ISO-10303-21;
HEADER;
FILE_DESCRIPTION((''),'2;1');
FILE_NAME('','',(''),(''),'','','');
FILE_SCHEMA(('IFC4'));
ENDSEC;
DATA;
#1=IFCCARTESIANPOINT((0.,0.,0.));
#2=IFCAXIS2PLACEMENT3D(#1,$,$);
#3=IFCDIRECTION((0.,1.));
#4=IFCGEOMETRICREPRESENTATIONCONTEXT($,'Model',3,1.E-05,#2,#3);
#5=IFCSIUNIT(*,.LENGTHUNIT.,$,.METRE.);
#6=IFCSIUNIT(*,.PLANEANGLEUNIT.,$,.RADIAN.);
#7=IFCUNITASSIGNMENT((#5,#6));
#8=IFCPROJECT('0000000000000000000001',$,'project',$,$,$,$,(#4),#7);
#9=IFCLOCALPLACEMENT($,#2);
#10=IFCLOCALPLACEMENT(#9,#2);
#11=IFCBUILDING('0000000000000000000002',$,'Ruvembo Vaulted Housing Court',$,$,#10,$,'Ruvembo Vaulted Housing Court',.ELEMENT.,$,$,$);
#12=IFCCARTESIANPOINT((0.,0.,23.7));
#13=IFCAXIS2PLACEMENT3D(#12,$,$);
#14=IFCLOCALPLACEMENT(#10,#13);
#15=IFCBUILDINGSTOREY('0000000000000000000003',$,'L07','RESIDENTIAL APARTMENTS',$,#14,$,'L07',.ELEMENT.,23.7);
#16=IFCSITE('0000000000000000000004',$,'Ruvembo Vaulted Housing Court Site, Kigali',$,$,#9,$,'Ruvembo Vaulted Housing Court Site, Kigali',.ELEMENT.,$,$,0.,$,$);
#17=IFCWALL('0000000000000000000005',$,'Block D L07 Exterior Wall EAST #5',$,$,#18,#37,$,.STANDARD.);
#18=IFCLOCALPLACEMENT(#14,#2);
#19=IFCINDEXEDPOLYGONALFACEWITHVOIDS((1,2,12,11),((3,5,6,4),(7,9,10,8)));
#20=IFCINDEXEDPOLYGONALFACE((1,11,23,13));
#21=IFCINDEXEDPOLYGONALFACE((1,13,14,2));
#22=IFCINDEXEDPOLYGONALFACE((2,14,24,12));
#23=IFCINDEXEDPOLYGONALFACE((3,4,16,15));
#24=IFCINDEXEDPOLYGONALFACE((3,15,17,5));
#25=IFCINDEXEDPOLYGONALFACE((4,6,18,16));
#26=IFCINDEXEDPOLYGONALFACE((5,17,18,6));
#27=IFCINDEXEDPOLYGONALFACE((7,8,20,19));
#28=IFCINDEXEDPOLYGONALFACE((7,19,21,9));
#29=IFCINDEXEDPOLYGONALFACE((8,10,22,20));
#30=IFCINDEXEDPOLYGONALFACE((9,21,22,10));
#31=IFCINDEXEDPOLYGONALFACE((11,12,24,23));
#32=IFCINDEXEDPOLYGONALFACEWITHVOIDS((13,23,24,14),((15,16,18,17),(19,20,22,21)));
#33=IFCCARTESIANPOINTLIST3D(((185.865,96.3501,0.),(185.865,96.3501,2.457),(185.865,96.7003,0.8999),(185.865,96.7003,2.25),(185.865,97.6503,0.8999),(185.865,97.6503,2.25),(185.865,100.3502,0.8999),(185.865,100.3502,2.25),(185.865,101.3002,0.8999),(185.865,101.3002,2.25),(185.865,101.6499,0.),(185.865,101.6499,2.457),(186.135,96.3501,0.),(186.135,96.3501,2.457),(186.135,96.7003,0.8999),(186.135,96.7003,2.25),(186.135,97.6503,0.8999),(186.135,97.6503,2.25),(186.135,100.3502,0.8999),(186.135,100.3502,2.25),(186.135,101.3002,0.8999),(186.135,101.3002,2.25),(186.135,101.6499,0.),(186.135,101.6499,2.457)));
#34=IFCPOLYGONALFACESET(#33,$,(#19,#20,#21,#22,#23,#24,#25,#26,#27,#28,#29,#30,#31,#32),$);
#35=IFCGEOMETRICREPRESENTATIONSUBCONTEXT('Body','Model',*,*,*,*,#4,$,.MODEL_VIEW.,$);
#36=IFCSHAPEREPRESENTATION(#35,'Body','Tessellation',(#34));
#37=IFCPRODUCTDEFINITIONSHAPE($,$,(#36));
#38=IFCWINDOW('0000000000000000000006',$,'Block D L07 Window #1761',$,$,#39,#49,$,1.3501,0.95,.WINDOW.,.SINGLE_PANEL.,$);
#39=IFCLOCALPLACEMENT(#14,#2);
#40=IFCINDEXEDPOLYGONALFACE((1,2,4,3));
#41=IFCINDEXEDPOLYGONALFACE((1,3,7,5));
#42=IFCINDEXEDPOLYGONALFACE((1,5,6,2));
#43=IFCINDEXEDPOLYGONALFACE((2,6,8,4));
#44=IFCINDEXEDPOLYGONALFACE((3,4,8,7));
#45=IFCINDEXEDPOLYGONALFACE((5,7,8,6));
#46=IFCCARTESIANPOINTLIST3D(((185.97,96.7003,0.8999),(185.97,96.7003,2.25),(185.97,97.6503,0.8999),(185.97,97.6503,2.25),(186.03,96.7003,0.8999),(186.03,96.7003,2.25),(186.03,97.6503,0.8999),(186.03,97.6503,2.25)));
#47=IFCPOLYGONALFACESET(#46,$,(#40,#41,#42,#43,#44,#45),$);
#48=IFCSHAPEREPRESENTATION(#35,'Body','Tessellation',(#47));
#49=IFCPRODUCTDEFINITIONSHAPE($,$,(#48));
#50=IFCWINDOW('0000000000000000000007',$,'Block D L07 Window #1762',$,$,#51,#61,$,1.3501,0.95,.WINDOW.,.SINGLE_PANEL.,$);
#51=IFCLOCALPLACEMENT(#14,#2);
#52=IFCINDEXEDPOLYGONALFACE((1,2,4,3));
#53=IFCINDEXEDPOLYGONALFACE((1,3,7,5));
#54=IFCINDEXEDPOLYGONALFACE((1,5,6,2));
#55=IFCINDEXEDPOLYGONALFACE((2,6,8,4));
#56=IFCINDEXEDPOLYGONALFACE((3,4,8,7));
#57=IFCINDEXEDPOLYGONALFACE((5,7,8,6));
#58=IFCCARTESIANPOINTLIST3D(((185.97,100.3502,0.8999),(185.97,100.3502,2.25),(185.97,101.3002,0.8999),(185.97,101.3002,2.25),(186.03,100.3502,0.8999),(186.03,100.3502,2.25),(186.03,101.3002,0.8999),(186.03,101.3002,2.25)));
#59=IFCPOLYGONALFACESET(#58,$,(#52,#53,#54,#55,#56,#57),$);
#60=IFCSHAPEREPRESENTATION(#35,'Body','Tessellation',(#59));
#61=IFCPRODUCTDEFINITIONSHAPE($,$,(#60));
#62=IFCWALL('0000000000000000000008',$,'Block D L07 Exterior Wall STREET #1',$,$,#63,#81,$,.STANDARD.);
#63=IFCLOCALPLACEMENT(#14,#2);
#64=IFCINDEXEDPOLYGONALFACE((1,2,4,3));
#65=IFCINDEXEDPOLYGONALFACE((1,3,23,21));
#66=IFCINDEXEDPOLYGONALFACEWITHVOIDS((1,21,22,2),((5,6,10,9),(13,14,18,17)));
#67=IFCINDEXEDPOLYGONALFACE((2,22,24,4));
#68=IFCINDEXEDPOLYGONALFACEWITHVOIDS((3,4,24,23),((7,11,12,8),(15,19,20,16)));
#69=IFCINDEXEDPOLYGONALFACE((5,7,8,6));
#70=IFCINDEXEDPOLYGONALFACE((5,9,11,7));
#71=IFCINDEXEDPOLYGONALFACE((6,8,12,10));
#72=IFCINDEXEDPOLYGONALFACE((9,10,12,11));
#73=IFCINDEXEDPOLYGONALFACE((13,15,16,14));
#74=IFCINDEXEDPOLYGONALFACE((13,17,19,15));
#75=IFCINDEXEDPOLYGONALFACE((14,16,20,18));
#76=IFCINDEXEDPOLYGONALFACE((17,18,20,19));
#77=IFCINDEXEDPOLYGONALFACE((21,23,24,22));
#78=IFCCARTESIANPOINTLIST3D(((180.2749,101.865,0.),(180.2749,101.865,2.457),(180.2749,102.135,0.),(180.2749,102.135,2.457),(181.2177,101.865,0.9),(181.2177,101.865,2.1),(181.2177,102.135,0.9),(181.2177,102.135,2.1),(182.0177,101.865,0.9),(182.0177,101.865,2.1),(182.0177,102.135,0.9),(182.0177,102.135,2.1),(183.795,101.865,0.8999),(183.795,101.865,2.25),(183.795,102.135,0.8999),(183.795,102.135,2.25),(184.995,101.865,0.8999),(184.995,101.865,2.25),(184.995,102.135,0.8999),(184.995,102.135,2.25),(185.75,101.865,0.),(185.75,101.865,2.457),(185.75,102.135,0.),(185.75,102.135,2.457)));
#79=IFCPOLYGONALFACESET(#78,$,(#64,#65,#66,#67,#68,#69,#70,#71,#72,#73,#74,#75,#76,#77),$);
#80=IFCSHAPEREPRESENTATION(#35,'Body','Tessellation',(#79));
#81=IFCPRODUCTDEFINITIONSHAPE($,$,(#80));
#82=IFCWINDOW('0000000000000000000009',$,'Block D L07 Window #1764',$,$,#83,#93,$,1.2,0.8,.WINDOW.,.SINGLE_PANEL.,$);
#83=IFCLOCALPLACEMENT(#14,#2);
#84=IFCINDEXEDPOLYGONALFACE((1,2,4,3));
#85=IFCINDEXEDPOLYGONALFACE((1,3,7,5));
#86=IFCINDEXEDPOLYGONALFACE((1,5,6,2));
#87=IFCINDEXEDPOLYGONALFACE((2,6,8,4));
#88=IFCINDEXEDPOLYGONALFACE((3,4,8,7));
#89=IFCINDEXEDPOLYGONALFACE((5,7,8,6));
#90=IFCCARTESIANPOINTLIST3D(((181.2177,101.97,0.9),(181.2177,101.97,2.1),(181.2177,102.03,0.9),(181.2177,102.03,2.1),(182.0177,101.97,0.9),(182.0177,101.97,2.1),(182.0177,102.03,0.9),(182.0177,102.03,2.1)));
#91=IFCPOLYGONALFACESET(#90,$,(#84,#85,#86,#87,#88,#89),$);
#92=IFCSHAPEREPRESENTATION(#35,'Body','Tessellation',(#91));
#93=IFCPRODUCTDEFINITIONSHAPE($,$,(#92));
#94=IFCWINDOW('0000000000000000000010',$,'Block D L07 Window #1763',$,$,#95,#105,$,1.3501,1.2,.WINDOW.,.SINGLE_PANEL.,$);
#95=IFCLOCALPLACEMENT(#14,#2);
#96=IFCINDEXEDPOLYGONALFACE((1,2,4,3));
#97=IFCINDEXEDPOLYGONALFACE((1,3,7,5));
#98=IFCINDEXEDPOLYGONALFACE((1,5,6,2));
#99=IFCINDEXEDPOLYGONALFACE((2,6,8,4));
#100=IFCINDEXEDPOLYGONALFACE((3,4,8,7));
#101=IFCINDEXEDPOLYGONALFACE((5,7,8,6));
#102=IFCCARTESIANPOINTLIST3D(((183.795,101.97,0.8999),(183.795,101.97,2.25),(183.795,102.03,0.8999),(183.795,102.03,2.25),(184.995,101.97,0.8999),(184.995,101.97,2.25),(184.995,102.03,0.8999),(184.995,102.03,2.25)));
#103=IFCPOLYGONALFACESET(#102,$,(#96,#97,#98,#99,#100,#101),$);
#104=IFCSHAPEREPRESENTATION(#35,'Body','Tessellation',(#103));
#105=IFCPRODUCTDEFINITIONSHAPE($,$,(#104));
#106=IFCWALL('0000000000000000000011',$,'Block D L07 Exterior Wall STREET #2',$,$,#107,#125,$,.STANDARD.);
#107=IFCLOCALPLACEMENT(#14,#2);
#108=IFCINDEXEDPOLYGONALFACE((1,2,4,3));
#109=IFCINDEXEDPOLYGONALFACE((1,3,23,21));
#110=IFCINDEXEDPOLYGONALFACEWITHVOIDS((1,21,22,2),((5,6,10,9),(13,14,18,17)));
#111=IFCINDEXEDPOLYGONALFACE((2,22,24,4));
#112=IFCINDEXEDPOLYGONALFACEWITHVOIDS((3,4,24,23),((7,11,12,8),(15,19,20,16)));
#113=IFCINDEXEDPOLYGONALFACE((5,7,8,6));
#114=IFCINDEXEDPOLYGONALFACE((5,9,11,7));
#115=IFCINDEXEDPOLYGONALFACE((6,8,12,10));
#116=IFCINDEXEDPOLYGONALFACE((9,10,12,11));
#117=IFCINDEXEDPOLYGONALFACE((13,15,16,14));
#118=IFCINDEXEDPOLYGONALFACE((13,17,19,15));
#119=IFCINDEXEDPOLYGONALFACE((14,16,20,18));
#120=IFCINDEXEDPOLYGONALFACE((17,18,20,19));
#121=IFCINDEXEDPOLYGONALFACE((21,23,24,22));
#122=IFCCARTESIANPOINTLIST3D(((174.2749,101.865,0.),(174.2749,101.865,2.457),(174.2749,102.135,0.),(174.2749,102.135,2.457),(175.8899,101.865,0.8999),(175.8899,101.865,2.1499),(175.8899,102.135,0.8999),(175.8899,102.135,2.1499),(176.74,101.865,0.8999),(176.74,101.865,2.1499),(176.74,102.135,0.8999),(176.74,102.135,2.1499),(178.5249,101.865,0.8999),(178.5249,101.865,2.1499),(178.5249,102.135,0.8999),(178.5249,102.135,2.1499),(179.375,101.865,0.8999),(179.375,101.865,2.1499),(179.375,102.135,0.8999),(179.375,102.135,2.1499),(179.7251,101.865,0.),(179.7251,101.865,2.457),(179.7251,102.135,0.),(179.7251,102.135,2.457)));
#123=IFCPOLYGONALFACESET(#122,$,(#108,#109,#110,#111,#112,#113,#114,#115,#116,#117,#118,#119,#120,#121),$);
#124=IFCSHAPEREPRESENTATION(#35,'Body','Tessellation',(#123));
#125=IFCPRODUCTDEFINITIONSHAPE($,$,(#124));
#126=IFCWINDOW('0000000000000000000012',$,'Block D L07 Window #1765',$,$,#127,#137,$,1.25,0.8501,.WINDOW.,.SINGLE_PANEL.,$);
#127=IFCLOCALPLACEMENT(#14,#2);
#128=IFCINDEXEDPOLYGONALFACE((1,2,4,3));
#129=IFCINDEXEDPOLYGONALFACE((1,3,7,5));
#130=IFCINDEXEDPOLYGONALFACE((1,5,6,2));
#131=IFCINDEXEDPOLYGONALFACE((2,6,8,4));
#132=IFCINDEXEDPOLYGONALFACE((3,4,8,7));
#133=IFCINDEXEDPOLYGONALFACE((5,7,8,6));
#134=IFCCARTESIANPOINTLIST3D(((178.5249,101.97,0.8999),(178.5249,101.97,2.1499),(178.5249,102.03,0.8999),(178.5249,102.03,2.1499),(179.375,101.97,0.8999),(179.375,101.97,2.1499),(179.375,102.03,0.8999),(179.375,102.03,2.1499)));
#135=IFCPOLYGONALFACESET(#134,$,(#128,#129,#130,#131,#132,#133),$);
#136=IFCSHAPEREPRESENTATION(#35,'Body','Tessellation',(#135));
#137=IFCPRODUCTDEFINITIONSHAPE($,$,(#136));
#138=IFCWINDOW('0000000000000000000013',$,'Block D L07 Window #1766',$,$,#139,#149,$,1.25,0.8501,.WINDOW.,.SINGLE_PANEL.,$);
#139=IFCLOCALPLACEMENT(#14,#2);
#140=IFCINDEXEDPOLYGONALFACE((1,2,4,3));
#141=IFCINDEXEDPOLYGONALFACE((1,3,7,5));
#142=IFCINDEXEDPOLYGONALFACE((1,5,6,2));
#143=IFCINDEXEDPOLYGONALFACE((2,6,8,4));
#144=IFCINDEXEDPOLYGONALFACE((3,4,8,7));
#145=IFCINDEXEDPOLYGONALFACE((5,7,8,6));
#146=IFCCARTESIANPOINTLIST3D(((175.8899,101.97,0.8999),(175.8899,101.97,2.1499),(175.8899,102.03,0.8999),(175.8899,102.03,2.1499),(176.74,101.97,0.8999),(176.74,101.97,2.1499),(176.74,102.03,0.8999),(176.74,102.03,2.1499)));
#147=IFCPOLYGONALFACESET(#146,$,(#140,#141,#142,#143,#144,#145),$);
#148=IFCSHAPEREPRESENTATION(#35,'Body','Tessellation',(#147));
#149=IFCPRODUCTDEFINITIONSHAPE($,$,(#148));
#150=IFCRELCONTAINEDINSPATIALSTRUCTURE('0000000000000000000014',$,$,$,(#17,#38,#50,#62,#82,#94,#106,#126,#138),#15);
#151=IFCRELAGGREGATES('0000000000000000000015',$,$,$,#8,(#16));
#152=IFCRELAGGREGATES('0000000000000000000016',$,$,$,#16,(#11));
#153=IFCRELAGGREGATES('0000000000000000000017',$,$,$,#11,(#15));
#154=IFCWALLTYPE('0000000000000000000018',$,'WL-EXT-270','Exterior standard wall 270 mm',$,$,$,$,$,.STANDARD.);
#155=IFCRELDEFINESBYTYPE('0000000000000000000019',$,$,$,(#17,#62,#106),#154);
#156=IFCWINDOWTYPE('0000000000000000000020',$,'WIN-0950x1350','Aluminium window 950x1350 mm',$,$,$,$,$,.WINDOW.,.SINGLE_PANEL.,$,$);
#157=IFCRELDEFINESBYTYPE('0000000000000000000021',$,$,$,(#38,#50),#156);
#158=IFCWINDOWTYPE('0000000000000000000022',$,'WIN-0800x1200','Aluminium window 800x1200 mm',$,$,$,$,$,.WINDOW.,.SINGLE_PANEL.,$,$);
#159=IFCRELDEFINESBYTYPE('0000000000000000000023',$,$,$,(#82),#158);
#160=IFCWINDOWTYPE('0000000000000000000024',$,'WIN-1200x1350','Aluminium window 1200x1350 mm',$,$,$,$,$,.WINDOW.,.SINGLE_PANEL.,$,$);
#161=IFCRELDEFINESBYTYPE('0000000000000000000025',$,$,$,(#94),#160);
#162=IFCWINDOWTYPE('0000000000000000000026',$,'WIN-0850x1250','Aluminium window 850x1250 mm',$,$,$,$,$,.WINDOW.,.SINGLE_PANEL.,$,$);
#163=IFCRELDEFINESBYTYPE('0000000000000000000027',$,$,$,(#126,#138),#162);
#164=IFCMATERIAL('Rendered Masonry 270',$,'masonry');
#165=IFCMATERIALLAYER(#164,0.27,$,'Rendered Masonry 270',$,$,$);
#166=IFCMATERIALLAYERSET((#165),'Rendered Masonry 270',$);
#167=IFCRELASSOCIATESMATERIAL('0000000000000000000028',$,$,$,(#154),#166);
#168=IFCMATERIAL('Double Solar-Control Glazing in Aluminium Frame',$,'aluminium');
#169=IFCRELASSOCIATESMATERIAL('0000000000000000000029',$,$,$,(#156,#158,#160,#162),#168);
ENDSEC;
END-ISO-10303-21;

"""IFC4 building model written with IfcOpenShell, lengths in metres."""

from ifc_helpers import new_model, si_unit, direction, frame, frame_2d, origin, place, context, subcontext, project, spatial, rectangle, extrude, material, layer, layer_set, type_object, element, fill, save


model = new_model("IFC4")

# Units and contexts
model_context = context("Model", 3, precision=1e-05, world=origin(), true_north=direction((0.0, 1.0)))
body_context = subcontext(model_context, "Body", "Model", "MODEL_VIEW")
ifc_project = project(units=[si_unit("LENGTHUNIT", "METRE"), si_unit("PLANEANGLEUNIT", "RADIAN")], contexts=[model_context])

# Site, building, storey
site_placement = place(None, origin())
site = spatial("IfcSite", under=ifc_project, at=site_placement, Name="Ruvembo Vaulted Housing Court Site, Kigali", LongName="Ruvembo Vaulted Housing Court Site, Kigali", CompositionType="ELEMENT", RefElevation=0.0)
building_placement = place(site_placement, origin())
building = spatial("IfcBuilding", under=site, at=building_placement, Name="Ruvembo Vaulted Housing Court", LongName="Ruvembo Vaulted Housing Court", CompositionType="ELEMENT")
storey_placement = place(building_placement, frame((0.0, 0.0, 23.7)))
storey = spatial("IfcBuildingStorey", under=building, at=storey_placement, Name="L07", Description="RESIDENTIAL APARTMENTS", LongName="L07", CompositionType="ELEMENT", Elevation=23.7)

# Walls, openings, windows
ifc_material_1 = material(Name="Rendered Masonry 270", Category="masonry")
ifc_layer_1 = layer(ifc_material_1, 0.27, Name="Rendered Masonry 270")
ifc_layer_set_1 = layer_set([ifc_layer_1], Name="Rendered Masonry 270")
wall_type_1 = type_object("IfcWallType", Name="WL-EXT-270", Description="Exterior standard wall 270 mm", PredefinedType="STANDARD", material=ifc_layer_set_1)
wall_1_placement = place(storey_placement, frame((186.0, 96.3501, 0.0), z_axis=(0.0, 0.0, 1.0), x_axis=(0.0, 1.0, 0.0)))
wall_1 = element("IfcWall", 1, at=wall_1_placement, inside=storey, type_object=wall_type_1, Name="Block D L07 Exterior Wall EAST #5", PredefinedType="STANDARD", context=body_context, shape_type="SweptSolid", body=[
    extrude(rectangle(XDim=5.2998, YDim=0.27, at=frame_2d((2.6499, 0.0))), origin(), (0.0, 0.0, 1.0), 2.457),
])
opening_1_placement = place(wall_1_placement, frame((0.3501, 0.0, 0.8999)))
opening_1 = element("IfcOpeningElement", 2, at=opening_1_placement, cuts=wall_1, PredefinedType="OPENING", context=body_context, shape_type="SweptSolid", body=[
    extrude(rectangle(XDim=0.95, YDim=1.3501, at=frame_2d((0.4751, 0.675))), frame((0.0, 0.145, 0.0), z_axis=(0.0, -1.0, 0.0), x_axis=(1.0, 0.0, 0.0)), (0.0, 0.0, 1.0), 0.29),
])
opening_2_placement = place(wall_1_placement, frame((4.0, 0.0, 0.8999)))
opening_2 = element("IfcOpeningElement", 3, at=opening_2_placement, cuts=wall_1, PredefinedType="OPENING", context=body_context, shape_type="SweptSolid", body=[
    extrude(rectangle(XDim=0.95, YDim=1.3501, at=frame_2d((0.4751, 0.675))), frame((0.0, 0.145, 0.0), z_axis=(0.0, -1.0, 0.0), x_axis=(1.0, 0.0, 0.0)), (0.0, 0.0, 1.0), 0.29),
])
ifc_material_2 = material(Name="Double Solar-Control Glazing in Aluminium Frame", Category="aluminium")
window_type_1 = type_object("IfcWindowType", Name="WIN-0950x1350", Description="Aluminium window 950x1350 mm", PartitioningType="SINGLE_PANEL", PredefinedType="WINDOW", material=ifc_material_2)
window_1_placement = place(opening_1_placement, origin())
window_1 = element("IfcWindow", 4, at=window_1_placement, inside=storey, type_object=window_type_1, Name="Block D L07 Window #1761", OverallHeight=1.3501, OverallWidth=0.95, PartitioningType="SINGLE_PANEL", PredefinedType="WINDOW", context=body_context, shape_type="SweptSolid", body=[
    extrude(rectangle(XDim=0.95, YDim=1.3501, at=frame_2d((0.4751, 0.675))), frame((0.0, 0.03, 0.0), z_axis=(0.0, -1.0, 0.0), x_axis=(1.0, 0.0, 0.0)), (0.0, 0.0, 1.0), 0.0601),
])
fill(opening_1, window_1)
window_2_placement = place(opening_2_placement, origin())
window_2 = element("IfcWindow", 5, at=window_2_placement, inside=storey, type_object=window_type_1, Name="Block D L07 Window #1762", OverallHeight=1.3501, OverallWidth=0.95, PartitioningType="SINGLE_PANEL", PredefinedType="WINDOW", context=body_context, shape_type="SweptSolid", body=[
    extrude(rectangle(XDim=0.95, YDim=1.3501, at=frame_2d((0.4751, 0.675))), frame((0.0, 0.03, 0.0), z_axis=(0.0, -1.0, 0.0), x_axis=(1.0, 0.0, 0.0)), (0.0, 0.0, 1.0), 0.0601),
])
fill(opening_2, window_2)
wall_2_placement = place(storey_placement, frame((185.75, 102.0, 0.0), z_axis=(0.0, 0.0, 1.0), x_axis=(-1.0, 0.0, 0.0)))
wall_2 = element("IfcWall", 6, at=wall_2_placement, inside=storey, type_object=wall_type_1, Name="Block D L07 Exterior Wall STREET #1", PredefinedType="STANDARD", context=body_context, shape_type="SweptSolid", body=[
    extrude(rectangle(XDim=5.4751, YDim=0.27, at=frame_2d((2.7375, 0.0))), origin(), (0.0, 0.0, 1.0), 2.457),
])
opening_3_placement = place(wall_2_placement, frame((0.7549, 0.0, 0.8999)))
opening_3 = element("IfcOpeningElement", 7, at=opening_3_placement, cuts=wall_2, PredefinedType="OPENING", context=body_context, shape_type="SweptSolid", body=[
    extrude(rectangle(XDim=1.2, YDim=1.3501, at=frame_2d((0.6001, 0.675))), frame((0.0, 0.145, 0.0), z_axis=(0.0, -1.0, 0.0), x_axis=(1.0, 0.0, 0.0)), (0.0, 0.0, 1.0), 0.29),
])
opening_4_placement = place(wall_2_placement, frame((3.7324, 0.0, 0.8999)))
opening_4 = element("IfcOpeningElement", 8, at=opening_4_placement, cuts=wall_2, PredefinedType="OPENING", context=body_context, shape_type="SweptSolid", body=[
    extrude(rectangle(XDim=0.8, YDim=1.2, at=frame_2d((0.3999, 0.6001))), frame((0.0, 0.145, 0.0), z_axis=(0.0, -1.0, 0.0), x_axis=(1.0, 0.0, 0.0)), (0.0, 0.0, 1.0), 0.29),
])
window_type_2 = type_object("IfcWindowType", Name="WIN-0800x1200", Description="Aluminium window 800x1200 mm", PartitioningType="SINGLE_PANEL", PredefinedType="WINDOW", material=ifc_material_2)
window_3_placement = place(opening_4_placement, origin())
window_3 = element("IfcWindow", 9, at=window_3_placement, inside=storey, type_object=window_type_2, Name="Block D L07 Window #1764", OverallHeight=1.2, OverallWidth=0.8, PartitioningType="SINGLE_PANEL", PredefinedType="WINDOW", context=body_context, shape_type="SweptSolid", body=[
    extrude(rectangle(XDim=0.8, YDim=1.2, at=frame_2d((0.3999, 0.6001))), frame((0.0, 0.03, 0.0), z_axis=(0.0, -1.0, 0.0), x_axis=(1.0, 0.0, 0.0)), (0.0, 0.0, 1.0), 0.0601),
])
fill(opening_4, window_3)
window_type_3 = type_object("IfcWindowType", Name="WIN-1200x1350", Description="Aluminium window 1200x1350 mm", PartitioningType="SINGLE_PANEL", PredefinedType="WINDOW", material=ifc_material_2)
window_4_placement = place(opening_3_placement, origin())
window_4 = element("IfcWindow", 10, at=window_4_placement, inside=storey, type_object=window_type_3, Name="Block D L07 Window #1763", OverallHeight=1.3501, OverallWidth=1.2, PartitioningType="SINGLE_PANEL", PredefinedType="WINDOW", context=body_context, shape_type="SweptSolid", body=[
    extrude(rectangle(XDim=1.2, YDim=1.3501, at=frame_2d((0.6001, 0.675))), frame((0.0, 0.03, 0.0), z_axis=(0.0, -1.0, 0.0), x_axis=(1.0, 0.0, 0.0)), (0.0, 0.0, 1.0), 0.0601),
])
fill(opening_3, window_4)
wall_3_placement = place(storey_placement, frame((179.7251, 102.0, 0.0), z_axis=(0.0, 0.0, 1.0), x_axis=(-1.0, 0.0, 0.0)))
wall_3 = element("IfcWall", 11, at=wall_3_placement, inside=storey, type_object=wall_type_1, Name="Block D L07 Exterior Wall STREET #2", PredefinedType="STANDARD", context=body_context, shape_type="SweptSolid", body=[
    extrude(rectangle(XDim=5.4502, YDim=0.27, at=frame_2d((2.7251, 0.0))), origin(), (0.0, 0.0, 1.0), 2.457),
])
opening_5_placement = place(wall_3_placement, frame((0.3501, 0.0, 0.8999)))
opening_5 = element("IfcOpeningElement", 12, at=opening_5_placement, cuts=wall_3, PredefinedType="OPENING", context=body_context, shape_type="SweptSolid", body=[
    extrude(rectangle(XDim=0.8501, YDim=1.25, at=frame_2d((0.425, 0.625))), frame((0.0, 0.145, 0.0), z_axis=(0.0, -1.0, 0.0), x_axis=(1.0, 0.0, 0.0)), (0.0, 0.0, 1.0), 0.29),
])
opening_6_placement = place(wall_3_placement, frame((2.9851, 0.0, 0.8999)))
opening_6 = element("IfcOpeningElement", 13, at=opening_6_placement, cuts=wall_3, PredefinedType="OPENING", context=body_context, shape_type="SweptSolid", body=[
    extrude(rectangle(XDim=0.8501, YDim=1.25, at=frame_2d((0.425, 0.625))), frame((0.0, 0.145, 0.0), z_axis=(0.0, -1.0, 0.0), x_axis=(1.0, 0.0, 0.0)), (0.0, 0.0, 1.0), 0.29),
])
window_type_4 = type_object("IfcWindowType", Name="WIN-0850x1250", Description="Aluminium window 850x1250 mm", PartitioningType="SINGLE_PANEL", PredefinedType="WINDOW", material=ifc_material_2)
window_5_placement = place(opening_5_placement, origin())
window_5 = element("IfcWindow", 14, at=window_5_placement, inside=storey, type_object=window_type_4, Name="Block D L07 Window #1765", OverallHeight=1.25, OverallWidth=0.8501, PartitioningType="SINGLE_PANEL", PredefinedType="WINDOW", context=body_context, shape_type="SweptSolid", body=[
    extrude(rectangle(XDim=0.8501, YDim=1.25, at=frame_2d((0.425, 0.625))), frame((0.0, 0.03, 0.0), z_axis=(0.0, -1.0, 0.0), x_axis=(1.0, 0.0, 0.0)), (0.0, 0.0, 1.0), 0.0601),
])
fill(opening_5, window_5)
window_6_placement = place(opening_6_placement, origin())
window_6 = element("IfcWindow", 15, at=window_6_placement, inside=storey, type_object=window_type_4, Name="Block D L07 Window #1766", OverallHeight=1.25, OverallWidth=0.8501, PartitioningType="SINGLE_PANEL", PredefinedType="WINDOW", context=body_context, shape_type="SweptSolid", body=[
    extrude(rectangle(XDim=0.8501, YDim=1.25, at=frame_2d((0.425, 0.625))), frame((0.0, 0.03, 0.0), z_axis=(0.0, -1.0, 0.0), x_axis=(1.0, 0.0, 0.0)), (0.0, 0.0, 1.0), 0.0601),
])
fill(opening_6, window_6)

save(model, "model.ifc")
